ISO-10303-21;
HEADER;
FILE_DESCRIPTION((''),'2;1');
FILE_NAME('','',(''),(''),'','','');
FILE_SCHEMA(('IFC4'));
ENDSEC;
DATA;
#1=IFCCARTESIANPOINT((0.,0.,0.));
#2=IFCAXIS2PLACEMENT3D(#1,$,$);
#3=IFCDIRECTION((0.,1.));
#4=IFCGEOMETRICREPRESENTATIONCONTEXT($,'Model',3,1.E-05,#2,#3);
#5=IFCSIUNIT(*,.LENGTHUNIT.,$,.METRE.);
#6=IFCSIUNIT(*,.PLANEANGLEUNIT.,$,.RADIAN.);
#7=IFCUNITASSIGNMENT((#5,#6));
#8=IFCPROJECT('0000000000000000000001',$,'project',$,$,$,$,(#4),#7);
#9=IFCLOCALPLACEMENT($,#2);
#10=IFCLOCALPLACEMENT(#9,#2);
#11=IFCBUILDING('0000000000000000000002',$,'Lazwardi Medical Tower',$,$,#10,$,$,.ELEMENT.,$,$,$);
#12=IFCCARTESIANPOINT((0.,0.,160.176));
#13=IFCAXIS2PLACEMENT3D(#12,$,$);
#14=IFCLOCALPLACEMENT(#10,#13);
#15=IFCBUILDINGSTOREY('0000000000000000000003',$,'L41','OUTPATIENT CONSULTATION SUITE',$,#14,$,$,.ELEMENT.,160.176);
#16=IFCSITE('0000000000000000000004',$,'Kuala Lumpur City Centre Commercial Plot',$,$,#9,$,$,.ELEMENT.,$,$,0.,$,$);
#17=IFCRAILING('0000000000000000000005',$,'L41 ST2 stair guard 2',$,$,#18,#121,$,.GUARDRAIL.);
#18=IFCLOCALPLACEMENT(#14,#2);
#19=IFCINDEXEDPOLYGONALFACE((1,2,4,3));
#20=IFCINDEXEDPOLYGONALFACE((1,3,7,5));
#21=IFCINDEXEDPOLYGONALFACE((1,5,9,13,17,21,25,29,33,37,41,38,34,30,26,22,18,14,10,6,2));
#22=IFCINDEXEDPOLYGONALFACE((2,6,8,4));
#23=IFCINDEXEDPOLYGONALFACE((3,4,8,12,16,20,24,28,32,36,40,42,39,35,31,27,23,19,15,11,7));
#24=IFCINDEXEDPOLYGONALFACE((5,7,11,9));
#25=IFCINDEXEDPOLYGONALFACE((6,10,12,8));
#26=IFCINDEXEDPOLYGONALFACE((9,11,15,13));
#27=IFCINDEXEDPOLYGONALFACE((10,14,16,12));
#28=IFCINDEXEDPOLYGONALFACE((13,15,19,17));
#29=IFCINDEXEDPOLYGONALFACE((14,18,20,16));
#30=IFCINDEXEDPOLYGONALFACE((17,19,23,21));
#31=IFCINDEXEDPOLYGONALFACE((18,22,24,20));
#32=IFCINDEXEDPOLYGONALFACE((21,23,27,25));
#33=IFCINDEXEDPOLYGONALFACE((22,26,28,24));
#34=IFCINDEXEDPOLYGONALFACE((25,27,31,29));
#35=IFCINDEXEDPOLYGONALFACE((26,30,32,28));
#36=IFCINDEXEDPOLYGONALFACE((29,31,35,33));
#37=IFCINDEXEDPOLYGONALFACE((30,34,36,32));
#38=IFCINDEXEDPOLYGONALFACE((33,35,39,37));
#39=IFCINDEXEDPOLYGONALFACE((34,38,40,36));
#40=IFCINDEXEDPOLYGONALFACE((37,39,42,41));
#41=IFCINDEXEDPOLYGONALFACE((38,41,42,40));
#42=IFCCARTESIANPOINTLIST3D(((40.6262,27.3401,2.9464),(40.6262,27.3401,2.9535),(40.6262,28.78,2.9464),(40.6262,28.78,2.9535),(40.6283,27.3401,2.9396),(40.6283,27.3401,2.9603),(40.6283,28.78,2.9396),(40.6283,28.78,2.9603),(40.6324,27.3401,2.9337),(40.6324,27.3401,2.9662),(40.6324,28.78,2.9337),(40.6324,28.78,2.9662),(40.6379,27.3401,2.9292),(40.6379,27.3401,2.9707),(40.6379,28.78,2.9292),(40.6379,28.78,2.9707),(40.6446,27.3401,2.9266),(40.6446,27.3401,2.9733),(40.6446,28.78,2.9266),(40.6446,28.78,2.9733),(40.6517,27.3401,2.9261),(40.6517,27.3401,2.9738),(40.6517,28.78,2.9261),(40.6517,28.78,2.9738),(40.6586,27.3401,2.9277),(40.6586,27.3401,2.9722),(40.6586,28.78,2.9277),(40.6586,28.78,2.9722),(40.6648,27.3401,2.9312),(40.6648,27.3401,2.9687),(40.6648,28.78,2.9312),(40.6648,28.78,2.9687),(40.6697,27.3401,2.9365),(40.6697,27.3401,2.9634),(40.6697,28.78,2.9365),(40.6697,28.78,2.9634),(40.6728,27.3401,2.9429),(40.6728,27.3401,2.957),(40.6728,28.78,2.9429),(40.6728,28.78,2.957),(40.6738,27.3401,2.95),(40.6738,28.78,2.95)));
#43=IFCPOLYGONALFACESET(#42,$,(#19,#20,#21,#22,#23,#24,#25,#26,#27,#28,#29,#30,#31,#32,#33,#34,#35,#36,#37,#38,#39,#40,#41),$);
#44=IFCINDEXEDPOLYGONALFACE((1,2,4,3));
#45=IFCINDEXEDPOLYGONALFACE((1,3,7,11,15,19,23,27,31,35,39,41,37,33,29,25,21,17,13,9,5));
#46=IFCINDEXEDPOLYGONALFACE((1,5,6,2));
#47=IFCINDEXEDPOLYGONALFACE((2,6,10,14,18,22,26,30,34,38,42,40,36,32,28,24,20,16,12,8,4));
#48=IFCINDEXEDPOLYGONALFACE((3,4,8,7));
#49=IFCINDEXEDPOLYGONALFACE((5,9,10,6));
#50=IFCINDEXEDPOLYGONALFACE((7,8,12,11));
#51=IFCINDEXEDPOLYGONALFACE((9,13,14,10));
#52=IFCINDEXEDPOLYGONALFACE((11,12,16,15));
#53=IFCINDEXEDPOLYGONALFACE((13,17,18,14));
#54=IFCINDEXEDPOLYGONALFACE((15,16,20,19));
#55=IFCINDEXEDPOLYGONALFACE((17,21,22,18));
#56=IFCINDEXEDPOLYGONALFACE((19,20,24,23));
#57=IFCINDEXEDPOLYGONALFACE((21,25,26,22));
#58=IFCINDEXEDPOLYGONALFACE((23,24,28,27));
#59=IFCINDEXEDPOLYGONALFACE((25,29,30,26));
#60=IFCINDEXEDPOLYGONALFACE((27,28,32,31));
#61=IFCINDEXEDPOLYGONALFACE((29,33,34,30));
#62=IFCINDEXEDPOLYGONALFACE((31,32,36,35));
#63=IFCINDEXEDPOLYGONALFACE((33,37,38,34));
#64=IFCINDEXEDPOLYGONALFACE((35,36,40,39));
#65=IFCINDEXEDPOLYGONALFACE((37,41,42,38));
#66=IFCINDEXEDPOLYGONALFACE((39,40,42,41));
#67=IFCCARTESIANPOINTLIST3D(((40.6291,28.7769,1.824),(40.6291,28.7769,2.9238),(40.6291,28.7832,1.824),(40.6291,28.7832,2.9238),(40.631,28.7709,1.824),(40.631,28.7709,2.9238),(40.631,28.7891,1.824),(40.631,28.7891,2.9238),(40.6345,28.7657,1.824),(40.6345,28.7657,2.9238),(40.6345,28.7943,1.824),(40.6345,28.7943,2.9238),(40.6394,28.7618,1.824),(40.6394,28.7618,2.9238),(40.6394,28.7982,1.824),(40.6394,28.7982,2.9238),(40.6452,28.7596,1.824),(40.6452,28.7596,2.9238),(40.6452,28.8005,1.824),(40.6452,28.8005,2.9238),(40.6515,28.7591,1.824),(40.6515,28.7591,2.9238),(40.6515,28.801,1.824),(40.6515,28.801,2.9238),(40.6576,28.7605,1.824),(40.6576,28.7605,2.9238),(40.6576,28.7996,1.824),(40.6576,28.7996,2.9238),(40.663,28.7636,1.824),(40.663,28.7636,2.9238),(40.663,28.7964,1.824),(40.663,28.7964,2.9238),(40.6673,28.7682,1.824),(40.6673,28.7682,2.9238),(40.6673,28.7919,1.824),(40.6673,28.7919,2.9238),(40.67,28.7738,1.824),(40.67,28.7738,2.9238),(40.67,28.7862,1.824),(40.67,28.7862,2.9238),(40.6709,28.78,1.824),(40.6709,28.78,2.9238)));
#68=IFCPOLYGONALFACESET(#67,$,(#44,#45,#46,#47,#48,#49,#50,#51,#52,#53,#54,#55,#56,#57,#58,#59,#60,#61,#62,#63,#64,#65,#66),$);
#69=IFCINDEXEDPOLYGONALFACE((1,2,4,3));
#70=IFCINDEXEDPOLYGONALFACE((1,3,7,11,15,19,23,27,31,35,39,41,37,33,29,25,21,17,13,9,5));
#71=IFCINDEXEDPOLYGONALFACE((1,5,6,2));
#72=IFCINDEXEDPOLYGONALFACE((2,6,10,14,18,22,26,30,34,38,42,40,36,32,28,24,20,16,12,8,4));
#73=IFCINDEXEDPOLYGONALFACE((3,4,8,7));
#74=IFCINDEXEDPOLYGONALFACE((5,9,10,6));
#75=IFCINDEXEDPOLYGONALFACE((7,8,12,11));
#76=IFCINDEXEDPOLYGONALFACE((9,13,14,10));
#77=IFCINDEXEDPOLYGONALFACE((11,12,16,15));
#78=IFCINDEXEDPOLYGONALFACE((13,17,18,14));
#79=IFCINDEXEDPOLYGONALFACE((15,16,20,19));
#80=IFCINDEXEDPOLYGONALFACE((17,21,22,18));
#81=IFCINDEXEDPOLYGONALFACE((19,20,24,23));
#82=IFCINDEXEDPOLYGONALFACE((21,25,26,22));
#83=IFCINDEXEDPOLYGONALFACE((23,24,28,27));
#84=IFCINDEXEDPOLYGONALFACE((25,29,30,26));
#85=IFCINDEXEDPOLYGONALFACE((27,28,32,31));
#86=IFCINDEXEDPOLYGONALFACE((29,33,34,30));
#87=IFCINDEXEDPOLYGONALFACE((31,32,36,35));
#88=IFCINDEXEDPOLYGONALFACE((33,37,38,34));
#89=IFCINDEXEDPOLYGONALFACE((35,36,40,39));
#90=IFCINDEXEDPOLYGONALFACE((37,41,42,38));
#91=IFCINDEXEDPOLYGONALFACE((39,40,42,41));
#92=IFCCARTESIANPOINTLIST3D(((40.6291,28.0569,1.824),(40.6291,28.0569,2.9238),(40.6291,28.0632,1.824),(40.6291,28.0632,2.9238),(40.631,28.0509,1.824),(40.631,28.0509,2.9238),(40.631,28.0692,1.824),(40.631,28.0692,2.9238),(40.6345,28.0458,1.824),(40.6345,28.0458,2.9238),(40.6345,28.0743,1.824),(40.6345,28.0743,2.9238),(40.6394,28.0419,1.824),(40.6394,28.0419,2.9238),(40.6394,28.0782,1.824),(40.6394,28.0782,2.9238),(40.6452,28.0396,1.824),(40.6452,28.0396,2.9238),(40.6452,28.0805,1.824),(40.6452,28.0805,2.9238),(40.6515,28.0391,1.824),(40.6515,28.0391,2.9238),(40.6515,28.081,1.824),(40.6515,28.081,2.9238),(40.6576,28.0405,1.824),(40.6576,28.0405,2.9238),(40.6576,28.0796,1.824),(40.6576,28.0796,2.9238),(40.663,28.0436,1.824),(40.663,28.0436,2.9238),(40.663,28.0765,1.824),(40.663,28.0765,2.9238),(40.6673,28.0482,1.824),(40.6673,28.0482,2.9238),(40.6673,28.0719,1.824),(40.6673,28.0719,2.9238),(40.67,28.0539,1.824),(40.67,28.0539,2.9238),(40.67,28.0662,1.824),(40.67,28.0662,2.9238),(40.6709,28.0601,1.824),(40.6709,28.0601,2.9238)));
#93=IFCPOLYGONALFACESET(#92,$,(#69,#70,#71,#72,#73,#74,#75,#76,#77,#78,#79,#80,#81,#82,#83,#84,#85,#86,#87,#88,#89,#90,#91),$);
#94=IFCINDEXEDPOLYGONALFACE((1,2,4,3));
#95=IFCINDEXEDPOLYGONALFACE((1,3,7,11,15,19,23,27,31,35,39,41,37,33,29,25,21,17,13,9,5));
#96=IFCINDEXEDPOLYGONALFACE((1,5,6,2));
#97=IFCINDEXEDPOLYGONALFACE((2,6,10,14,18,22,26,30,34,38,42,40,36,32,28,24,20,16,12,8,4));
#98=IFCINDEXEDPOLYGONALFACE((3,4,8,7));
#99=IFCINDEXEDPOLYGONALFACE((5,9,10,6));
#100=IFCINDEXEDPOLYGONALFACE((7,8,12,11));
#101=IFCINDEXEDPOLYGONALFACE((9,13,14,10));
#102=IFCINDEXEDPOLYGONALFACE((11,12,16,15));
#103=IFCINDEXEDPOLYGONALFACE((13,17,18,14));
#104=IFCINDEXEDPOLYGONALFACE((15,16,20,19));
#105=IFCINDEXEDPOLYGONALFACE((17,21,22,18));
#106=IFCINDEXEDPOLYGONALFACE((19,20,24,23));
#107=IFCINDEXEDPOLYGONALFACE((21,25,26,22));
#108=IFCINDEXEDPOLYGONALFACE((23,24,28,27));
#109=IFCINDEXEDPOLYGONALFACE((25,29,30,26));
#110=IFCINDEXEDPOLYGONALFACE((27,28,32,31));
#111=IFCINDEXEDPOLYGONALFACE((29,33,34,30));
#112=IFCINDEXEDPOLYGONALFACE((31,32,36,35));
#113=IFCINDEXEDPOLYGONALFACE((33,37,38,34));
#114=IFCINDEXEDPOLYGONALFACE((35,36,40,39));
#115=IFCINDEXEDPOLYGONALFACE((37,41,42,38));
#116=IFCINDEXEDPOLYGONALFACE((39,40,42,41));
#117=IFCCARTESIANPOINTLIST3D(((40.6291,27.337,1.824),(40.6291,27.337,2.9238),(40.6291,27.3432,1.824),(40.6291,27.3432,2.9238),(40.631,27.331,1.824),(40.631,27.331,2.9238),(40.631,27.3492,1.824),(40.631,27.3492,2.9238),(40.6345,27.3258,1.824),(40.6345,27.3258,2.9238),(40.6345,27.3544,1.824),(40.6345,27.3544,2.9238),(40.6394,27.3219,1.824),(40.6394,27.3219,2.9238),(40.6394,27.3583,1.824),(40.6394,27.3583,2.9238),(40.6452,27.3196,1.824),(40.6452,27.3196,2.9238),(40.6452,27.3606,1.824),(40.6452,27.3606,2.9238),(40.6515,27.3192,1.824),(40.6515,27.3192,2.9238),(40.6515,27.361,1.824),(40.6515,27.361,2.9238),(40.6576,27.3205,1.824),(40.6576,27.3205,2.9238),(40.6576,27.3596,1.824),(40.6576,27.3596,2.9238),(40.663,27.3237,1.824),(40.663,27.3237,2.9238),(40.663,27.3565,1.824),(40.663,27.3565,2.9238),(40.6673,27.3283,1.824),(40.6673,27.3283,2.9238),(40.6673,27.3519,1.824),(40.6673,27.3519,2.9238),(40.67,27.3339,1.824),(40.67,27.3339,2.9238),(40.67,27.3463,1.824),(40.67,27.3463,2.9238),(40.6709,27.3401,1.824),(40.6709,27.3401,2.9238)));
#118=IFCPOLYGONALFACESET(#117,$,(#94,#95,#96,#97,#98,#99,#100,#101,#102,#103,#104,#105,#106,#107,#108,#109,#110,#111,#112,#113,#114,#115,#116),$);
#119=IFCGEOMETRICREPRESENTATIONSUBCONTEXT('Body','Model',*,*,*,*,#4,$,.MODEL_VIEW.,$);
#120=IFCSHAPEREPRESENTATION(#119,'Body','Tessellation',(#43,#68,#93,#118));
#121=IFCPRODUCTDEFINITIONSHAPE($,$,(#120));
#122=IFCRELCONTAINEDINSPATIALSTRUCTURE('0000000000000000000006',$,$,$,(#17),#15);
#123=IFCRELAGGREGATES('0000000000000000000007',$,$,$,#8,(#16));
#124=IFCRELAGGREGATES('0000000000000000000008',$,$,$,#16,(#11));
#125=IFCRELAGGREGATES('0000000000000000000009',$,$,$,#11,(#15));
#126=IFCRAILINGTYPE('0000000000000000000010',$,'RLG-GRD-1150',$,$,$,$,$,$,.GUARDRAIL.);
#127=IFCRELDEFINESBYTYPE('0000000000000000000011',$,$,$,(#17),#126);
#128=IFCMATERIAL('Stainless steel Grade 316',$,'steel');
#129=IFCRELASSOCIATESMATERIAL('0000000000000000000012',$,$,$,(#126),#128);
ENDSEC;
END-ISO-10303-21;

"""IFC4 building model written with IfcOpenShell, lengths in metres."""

from ifc_helpers import new_model, si_unit, direction, frame, origin, origin_2d, place, context, subcontext, project, spatial, circle, extrude, material, type_object, element, save


model = new_model("IFC4")

# Units and contexts
model_context = context("Model", 3, precision=1e-05, world=origin(), true_north=direction((0.0, 1.0)))
body_context = subcontext(model_context, "Body", "Model", "MODEL_VIEW")
ifc_project = project(units=[si_unit("LENGTHUNIT", "METRE"), si_unit("PLANEANGLEUNIT", "RADIAN")], contexts=[model_context])

# Site, building, storey
site_placement = place(None, origin())
site = spatial("IfcSite", under=ifc_project, at=site_placement, Name="Kuala Lumpur City Centre Commercial Plot", CompositionType="ELEMENT", RefElevation=0.0)
building_placement = place(site_placement, origin())
building = spatial("IfcBuilding", under=site, at=building_placement, Name="Lazwardi Medical Tower", CompositionType="ELEMENT")
storey_placement = place(building_placement, frame((0.0, 0.0, 160.176)))
storey = spatial("IfcBuildingStorey", under=building, at=storey_placement, Name="L41", Description="OUTPATIENT CONSULTATION SUITE", CompositionType="ELEMENT", Elevation=160.176)

# Railing
ifc_material_1 = material(Name="Stainless steel Grade 316", Category="steel")
railing_type_1 = type_object("IfcRailingType", Name="RLG-GRD-1150", PredefinedType="GUARDRAIL", material=ifc_material_1)
railing_1_placement = place(storey_placement, frame((40.6499, 28.78, 1.824)))
element("IfcRailing", 1, at=railing_1_placement, inside=storey, type_object=railing_type_1, Name="L41 ST2 stair guard 2", PredefinedType="GUARDRAIL", context=body_context, shape_type="SweptSolid", body=[
    extrude(circle(Radius=0.0239, at=origin_2d()), frame((0.0, 0.0, 1.126), z_axis=(0.0, -1.0, 0.0), x_axis=(1.0, 0.0, 0.0)), (0.0, 0.0, 1.0), 1.4399),
    extrude(circle(Radius=0.021, at=origin_2d()), origin(), (0.0, 0.0, 1.0), 1.0999),
    extrude(circle(Radius=0.021, at=origin_2d()), frame((0.0, -0.72, 0.0)), (0.0, 0.0, 1.0), 1.0999),
    extrude(circle(Radius=0.021, at=origin_2d()), frame((0.0, -1.4399, 0.0)), (0.0, 0.0, 1.0), 1.0999),
])

save(model, "model.ifc")
